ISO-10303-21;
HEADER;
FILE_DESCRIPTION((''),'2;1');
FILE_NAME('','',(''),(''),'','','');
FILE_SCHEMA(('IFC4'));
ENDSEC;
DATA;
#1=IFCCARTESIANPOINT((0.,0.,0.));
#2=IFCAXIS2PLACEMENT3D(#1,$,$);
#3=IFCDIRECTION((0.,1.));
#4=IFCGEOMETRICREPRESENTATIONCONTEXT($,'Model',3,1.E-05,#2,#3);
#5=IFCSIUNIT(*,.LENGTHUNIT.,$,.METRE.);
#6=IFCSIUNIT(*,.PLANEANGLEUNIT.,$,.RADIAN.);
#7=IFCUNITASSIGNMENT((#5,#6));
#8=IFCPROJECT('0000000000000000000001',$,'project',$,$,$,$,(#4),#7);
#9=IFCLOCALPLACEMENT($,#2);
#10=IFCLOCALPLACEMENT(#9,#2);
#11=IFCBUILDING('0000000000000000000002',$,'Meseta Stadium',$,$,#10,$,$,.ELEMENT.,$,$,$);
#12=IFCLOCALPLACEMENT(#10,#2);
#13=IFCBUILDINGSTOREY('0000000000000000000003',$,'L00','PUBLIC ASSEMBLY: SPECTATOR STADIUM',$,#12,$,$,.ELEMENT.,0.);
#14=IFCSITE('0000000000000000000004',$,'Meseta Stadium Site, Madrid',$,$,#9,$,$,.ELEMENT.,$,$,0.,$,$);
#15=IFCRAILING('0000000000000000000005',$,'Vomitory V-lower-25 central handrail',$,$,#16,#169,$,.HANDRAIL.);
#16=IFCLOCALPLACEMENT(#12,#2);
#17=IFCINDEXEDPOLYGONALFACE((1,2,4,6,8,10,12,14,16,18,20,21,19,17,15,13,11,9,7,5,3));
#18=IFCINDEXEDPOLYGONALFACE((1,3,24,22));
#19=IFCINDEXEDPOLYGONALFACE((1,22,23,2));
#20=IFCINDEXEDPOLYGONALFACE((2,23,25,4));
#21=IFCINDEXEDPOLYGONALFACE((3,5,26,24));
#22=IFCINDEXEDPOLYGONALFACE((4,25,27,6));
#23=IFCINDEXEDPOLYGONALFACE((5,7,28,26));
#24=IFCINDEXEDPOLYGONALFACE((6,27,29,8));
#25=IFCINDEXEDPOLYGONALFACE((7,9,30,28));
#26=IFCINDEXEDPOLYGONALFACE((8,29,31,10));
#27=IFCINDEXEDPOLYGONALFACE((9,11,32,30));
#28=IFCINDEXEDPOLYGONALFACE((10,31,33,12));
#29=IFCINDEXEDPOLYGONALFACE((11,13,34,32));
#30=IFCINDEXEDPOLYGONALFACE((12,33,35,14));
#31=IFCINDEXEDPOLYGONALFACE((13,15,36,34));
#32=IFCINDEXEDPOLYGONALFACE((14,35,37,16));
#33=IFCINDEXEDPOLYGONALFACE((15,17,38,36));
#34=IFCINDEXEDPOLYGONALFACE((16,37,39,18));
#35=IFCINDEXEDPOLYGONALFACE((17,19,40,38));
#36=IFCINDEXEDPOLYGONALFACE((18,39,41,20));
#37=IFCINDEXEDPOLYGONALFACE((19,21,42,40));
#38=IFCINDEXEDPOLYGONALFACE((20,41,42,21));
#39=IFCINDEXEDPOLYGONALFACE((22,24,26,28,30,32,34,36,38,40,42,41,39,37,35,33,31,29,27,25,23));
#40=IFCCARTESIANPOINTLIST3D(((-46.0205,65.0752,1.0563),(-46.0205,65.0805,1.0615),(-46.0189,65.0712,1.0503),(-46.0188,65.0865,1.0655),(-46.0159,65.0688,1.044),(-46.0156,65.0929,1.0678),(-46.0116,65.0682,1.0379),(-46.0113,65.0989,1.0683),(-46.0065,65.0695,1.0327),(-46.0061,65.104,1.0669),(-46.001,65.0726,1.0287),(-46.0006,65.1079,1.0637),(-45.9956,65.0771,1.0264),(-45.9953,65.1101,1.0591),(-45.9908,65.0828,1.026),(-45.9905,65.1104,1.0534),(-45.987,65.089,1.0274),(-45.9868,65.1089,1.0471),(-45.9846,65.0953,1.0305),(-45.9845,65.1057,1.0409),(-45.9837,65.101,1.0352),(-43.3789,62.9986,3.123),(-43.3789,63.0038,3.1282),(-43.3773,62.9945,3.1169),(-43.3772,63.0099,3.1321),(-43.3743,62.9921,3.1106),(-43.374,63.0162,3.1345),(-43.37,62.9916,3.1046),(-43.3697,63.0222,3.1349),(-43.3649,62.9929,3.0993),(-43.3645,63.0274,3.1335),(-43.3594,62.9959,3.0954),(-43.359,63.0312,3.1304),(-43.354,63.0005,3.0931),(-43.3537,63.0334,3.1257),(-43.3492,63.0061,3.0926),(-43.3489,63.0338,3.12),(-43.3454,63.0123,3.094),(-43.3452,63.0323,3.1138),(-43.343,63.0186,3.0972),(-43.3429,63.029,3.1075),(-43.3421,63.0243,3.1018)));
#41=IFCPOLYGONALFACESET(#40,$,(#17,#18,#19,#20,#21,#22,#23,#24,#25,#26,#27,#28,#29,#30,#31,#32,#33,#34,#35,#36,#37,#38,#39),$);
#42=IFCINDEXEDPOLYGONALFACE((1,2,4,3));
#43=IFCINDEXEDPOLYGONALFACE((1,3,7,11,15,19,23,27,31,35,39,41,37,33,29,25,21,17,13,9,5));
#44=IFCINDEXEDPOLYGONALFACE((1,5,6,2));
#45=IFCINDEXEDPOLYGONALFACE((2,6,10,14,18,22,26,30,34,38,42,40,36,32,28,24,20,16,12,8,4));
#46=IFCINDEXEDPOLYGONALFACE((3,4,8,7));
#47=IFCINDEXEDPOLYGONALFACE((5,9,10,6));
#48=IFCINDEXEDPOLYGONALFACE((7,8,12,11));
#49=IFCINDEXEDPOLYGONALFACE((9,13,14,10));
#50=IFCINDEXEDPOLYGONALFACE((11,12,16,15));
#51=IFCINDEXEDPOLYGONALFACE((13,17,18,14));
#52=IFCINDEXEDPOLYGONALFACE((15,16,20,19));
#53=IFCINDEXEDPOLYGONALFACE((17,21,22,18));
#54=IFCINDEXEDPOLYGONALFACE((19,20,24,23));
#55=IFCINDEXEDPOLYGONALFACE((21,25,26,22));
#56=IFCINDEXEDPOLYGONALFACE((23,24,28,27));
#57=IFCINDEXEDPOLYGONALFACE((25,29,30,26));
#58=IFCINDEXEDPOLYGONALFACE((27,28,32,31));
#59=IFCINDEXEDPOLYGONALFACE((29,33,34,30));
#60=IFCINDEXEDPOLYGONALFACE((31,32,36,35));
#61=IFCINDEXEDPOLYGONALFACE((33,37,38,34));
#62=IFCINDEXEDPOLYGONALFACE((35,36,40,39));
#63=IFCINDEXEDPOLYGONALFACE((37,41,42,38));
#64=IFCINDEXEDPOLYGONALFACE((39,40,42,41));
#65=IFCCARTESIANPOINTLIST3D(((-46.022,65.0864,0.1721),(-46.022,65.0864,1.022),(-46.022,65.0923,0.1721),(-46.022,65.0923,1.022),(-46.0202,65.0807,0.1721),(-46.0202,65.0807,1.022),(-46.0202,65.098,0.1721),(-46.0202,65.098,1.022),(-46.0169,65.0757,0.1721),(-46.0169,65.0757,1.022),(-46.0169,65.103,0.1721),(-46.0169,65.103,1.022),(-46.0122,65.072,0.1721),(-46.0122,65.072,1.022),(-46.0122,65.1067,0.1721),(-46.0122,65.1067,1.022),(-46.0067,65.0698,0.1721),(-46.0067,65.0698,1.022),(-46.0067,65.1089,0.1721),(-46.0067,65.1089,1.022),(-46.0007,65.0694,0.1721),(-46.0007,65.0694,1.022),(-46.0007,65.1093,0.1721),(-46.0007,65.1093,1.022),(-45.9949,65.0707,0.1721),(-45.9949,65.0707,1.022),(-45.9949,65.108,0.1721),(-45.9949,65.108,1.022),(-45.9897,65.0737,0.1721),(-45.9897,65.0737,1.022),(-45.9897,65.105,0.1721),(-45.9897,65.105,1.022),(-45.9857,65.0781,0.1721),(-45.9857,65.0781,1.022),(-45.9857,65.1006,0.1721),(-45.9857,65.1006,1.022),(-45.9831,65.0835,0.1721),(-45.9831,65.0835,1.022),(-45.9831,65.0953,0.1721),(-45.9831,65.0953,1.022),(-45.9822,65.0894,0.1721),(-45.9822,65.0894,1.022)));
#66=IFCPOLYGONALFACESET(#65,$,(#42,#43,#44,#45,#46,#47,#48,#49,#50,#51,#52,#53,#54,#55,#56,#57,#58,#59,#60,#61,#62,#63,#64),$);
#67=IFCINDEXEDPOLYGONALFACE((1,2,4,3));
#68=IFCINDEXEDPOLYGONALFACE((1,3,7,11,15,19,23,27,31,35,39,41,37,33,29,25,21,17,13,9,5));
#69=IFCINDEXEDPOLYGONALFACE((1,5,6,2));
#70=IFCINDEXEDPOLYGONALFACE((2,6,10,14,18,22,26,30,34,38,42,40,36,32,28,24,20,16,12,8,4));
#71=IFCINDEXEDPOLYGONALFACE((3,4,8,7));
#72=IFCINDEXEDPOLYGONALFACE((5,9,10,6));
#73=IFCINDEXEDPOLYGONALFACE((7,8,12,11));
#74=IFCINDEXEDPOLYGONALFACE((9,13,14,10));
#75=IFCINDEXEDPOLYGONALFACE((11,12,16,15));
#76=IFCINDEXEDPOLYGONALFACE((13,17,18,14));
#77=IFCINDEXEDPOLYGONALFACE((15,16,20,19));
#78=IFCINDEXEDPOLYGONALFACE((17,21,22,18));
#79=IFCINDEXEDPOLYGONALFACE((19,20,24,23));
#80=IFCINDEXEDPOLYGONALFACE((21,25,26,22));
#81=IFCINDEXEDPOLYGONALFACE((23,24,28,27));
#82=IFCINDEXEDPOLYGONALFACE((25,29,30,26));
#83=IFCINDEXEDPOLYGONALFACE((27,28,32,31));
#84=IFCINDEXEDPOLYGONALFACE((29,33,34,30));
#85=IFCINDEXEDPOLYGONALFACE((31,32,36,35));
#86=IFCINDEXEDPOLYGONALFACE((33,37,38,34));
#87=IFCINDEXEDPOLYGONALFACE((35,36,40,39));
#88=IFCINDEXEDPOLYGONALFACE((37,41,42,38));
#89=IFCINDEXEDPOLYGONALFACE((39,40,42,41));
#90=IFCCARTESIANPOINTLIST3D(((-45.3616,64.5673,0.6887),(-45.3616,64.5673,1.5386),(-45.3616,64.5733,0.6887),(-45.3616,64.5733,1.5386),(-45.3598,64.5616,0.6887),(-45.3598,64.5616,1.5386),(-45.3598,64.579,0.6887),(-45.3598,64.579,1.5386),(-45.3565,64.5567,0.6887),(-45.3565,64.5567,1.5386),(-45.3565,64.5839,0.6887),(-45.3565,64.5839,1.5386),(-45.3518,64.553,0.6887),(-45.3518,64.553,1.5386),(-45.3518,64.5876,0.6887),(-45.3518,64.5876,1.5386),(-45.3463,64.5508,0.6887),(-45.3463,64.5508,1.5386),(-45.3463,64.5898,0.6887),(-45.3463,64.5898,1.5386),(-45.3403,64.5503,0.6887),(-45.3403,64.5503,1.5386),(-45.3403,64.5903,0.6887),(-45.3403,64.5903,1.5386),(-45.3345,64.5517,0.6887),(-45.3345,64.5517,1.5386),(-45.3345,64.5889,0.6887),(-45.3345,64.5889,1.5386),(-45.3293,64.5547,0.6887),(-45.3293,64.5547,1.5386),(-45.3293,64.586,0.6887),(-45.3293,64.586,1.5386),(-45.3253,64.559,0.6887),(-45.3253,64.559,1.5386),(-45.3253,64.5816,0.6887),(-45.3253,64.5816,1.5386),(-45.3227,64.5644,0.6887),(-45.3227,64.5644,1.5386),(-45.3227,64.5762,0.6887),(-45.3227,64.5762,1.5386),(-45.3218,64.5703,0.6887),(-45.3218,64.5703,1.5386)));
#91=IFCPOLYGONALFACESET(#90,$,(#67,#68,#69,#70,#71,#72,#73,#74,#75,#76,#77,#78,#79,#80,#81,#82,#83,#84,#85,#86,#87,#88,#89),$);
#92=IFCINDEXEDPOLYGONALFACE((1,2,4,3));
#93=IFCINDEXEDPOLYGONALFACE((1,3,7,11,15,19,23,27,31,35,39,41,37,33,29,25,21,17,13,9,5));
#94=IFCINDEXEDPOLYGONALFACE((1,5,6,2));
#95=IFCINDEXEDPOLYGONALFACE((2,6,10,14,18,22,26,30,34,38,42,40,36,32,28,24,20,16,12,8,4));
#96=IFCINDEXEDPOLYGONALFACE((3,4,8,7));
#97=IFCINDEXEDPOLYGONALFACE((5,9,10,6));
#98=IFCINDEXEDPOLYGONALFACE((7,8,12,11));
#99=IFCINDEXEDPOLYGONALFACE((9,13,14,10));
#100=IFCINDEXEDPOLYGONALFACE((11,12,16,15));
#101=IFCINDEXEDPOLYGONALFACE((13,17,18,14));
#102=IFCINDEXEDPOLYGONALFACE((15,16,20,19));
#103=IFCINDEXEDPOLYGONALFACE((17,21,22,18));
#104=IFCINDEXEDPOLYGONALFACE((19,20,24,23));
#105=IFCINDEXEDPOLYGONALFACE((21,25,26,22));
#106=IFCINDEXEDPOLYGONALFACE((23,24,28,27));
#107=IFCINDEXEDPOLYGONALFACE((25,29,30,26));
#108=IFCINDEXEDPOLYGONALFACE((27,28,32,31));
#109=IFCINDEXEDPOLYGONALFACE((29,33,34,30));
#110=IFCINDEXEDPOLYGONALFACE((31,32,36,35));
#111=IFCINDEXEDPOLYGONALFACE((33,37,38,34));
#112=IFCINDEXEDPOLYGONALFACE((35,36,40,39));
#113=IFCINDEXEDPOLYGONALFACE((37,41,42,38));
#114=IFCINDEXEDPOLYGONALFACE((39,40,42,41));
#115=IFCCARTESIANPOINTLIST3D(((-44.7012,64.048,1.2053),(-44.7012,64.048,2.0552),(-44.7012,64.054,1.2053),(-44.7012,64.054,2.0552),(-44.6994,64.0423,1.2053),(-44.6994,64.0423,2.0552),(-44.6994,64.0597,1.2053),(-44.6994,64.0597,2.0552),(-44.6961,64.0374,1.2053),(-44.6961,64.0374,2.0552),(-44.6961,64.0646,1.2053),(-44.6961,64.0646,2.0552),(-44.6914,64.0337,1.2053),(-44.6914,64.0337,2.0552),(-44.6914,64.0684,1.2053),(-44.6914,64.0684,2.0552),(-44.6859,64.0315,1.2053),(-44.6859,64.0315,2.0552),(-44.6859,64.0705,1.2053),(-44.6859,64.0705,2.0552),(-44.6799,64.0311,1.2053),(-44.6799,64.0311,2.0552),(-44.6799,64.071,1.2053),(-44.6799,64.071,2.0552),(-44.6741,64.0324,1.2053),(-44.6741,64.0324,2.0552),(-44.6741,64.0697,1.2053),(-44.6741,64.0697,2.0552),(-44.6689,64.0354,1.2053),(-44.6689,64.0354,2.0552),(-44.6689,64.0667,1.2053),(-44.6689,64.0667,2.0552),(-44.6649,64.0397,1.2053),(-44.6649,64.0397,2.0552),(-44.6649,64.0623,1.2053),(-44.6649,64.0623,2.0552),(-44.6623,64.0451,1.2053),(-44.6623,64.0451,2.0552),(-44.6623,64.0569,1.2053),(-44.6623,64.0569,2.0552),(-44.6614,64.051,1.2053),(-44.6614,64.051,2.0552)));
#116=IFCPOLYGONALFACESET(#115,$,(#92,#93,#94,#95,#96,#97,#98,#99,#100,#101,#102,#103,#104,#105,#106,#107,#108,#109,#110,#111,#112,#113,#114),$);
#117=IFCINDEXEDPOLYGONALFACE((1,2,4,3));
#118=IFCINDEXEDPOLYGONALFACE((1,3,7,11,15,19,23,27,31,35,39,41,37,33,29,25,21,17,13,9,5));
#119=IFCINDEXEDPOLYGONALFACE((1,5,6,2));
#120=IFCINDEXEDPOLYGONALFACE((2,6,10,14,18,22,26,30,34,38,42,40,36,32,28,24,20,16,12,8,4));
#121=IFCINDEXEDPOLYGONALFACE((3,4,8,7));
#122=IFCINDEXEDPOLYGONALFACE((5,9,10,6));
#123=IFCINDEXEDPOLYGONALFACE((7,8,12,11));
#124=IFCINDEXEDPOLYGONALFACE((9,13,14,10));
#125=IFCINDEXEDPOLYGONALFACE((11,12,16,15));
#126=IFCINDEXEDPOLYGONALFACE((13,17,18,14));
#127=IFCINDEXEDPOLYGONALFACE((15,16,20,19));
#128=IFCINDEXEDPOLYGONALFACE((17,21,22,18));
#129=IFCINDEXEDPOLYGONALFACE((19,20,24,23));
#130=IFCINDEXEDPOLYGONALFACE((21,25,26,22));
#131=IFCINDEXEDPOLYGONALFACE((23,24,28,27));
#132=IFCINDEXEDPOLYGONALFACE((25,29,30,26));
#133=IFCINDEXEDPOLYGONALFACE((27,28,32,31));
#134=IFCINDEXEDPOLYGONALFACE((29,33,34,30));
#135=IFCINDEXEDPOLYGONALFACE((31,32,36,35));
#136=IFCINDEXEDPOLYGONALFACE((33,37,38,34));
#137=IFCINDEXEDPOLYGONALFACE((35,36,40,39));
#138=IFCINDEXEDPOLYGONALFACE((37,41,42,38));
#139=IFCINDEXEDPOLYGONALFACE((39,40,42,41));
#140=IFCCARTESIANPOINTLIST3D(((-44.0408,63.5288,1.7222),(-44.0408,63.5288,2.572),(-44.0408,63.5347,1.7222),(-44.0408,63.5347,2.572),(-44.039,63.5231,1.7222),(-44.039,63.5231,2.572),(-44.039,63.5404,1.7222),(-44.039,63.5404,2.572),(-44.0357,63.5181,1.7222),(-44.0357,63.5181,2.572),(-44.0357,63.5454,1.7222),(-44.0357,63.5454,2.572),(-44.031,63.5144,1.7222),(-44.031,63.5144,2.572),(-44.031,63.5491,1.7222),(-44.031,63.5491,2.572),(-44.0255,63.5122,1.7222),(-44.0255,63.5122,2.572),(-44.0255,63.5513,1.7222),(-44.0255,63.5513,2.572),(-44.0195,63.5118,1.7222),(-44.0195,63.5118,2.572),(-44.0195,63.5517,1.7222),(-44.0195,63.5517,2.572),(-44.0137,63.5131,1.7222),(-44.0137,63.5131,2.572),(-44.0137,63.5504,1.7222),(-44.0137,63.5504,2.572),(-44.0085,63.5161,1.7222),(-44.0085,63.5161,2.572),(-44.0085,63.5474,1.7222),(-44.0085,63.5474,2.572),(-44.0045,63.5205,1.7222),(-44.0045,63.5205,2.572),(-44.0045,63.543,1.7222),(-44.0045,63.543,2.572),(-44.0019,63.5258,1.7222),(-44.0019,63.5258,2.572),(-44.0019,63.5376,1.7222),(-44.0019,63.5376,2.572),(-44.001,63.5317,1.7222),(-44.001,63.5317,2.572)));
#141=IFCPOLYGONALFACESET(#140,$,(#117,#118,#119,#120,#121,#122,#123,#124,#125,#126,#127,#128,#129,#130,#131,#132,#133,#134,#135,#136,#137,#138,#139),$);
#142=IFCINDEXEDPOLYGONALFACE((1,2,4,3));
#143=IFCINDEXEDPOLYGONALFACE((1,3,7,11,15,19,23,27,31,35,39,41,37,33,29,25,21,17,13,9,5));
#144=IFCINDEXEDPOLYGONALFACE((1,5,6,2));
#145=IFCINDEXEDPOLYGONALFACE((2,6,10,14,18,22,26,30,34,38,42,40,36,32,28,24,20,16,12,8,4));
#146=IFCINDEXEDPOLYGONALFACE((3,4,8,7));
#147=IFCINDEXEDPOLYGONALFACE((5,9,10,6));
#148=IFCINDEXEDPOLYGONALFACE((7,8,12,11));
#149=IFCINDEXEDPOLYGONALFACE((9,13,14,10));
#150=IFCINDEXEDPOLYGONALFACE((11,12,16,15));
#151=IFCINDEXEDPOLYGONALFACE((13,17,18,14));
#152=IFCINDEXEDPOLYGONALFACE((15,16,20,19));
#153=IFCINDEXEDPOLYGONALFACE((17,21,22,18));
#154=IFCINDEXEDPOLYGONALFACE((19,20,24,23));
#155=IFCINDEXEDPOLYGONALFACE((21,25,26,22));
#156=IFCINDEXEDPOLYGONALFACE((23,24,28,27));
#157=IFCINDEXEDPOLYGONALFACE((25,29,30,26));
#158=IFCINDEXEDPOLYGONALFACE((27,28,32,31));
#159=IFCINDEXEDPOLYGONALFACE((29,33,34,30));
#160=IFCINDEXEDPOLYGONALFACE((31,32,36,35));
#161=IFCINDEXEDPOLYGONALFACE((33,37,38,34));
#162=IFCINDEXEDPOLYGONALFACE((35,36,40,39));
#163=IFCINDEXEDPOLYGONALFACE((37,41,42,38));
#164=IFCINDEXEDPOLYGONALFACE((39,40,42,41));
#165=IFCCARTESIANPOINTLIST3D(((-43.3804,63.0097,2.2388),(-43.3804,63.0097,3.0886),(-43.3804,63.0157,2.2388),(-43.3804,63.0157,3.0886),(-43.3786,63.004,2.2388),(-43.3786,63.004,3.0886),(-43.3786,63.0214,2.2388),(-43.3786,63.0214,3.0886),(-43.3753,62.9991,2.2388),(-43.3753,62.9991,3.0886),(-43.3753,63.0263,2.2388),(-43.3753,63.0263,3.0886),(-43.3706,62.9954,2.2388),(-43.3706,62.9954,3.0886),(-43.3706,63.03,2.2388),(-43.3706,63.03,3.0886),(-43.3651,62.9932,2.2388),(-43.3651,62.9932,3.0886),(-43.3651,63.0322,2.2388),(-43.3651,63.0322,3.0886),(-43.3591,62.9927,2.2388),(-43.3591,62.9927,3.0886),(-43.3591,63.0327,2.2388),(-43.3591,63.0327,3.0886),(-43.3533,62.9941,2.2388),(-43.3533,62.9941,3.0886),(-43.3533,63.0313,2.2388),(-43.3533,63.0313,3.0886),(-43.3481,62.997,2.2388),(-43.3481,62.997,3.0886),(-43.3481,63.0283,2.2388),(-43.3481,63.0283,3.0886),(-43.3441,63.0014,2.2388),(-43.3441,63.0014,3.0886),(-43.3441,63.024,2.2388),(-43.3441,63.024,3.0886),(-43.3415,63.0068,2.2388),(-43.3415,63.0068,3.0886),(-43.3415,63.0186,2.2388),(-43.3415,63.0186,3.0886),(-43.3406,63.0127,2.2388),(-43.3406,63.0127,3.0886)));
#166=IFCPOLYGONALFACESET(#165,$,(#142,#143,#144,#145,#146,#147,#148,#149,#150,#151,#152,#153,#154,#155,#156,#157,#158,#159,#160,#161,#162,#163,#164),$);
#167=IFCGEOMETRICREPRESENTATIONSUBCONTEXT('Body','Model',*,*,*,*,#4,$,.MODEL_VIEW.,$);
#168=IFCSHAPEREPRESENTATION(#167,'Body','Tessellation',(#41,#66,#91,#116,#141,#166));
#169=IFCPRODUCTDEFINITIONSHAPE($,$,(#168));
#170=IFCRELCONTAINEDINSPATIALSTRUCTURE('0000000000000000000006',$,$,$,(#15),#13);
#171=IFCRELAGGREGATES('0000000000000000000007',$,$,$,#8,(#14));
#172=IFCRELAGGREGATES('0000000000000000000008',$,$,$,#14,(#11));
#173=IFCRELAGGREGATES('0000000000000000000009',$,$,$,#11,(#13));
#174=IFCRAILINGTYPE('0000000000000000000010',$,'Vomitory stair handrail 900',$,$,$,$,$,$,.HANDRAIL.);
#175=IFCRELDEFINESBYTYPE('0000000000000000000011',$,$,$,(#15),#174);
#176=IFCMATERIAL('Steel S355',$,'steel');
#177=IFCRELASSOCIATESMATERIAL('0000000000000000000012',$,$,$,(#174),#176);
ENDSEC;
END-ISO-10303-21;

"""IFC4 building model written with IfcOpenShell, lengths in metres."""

from ifc_helpers import new_model, si_unit, direction, frame, origin, origin_2d, place, context, subcontext, project, spatial, circle, extrude, material, type_object, element, save


model = new_model("IFC4")

# Units and contexts
model_context = context("Model", 3, precision=1e-05, world=origin(), true_north=direction((0.0, 1.0)))
body_context = subcontext(model_context, "Body", "Model", "MODEL_VIEW")
ifc_project = project(units=[si_unit("LENGTHUNIT", "METRE"), si_unit("PLANEANGLEUNIT", "RADIAN")], contexts=[model_context])

# Site, building, storey
site_placement = place(None, origin())
site = spatial("IfcSite", under=ifc_project, at=site_placement, Name="Meseta Stadium Site, Madrid", CompositionType="ELEMENT", RefElevation=0.0)
building_placement = place(site_placement, origin())
building = spatial("IfcBuilding", under=site, at=building_placement, Name="Meseta Stadium", CompositionType="ELEMENT")
storey_placement = place(building_placement, origin())
storey = spatial("IfcBuildingStorey", under=building, at=storey_placement, Name="L00", Description="PUBLIC ASSEMBLY: SPECTATOR STADIUM", CompositionType="ELEMENT", Elevation=0.0)

# Railing
ifc_material_1 = material(Name="Steel S355", Category="steel")
railing_type_1 = type_object("IfcRailingType", Name="Vomitory stair handrail 900", PredefinedType="HANDRAIL", material=ifc_material_1)
railing_1_placement = place(storey_placement, frame((-46.0022, 65.0894, 0.1721)))
element("IfcRailing", 1, at=railing_1_placement, inside=storey, type_object=railing_type_1, Name="Vomitory V-lower-25 central handrail", PredefinedType="HANDRAIL", context=body_context, shape_type="SweptSolid", body=[
    extrude(circle(Radius=0.0249, at=origin_2d()), frame((0.0, 0.0, 0.875), z_axis=(0.669638, -0.526427, 0.523889), x_axis=(0.618027, 0.786157, 0.0)), (0.0, 0.0, 1.0), 3.9448),
    extrude(circle(Radius=0.02, at=origin_2d()), origin(), (0.0, 0.0, 1.0), 0.8499),
    extrude(circle(Radius=0.02, at=origin_2d()), frame((0.6604, -0.519, 0.5166)), (0.0, 0.0, 1.0), 0.8499),
    extrude(circle(Radius=0.02, at=origin_2d()), frame((1.3208, -1.0383, 1.0332)), (0.0, 0.0, 1.0), 0.8499),
    extrude(circle(Radius=0.02, at=origin_2d()), frame((1.9812, -1.5576, 1.55)), (0.0, 0.0, 1.0), 0.8499),
    extrude(circle(Radius=0.02, at=origin_2d()), frame((2.6416, -2.0767, 2.0667)), (0.0, 0.0, 1.0), 0.8499),
])

save(model, "model.ifc")
